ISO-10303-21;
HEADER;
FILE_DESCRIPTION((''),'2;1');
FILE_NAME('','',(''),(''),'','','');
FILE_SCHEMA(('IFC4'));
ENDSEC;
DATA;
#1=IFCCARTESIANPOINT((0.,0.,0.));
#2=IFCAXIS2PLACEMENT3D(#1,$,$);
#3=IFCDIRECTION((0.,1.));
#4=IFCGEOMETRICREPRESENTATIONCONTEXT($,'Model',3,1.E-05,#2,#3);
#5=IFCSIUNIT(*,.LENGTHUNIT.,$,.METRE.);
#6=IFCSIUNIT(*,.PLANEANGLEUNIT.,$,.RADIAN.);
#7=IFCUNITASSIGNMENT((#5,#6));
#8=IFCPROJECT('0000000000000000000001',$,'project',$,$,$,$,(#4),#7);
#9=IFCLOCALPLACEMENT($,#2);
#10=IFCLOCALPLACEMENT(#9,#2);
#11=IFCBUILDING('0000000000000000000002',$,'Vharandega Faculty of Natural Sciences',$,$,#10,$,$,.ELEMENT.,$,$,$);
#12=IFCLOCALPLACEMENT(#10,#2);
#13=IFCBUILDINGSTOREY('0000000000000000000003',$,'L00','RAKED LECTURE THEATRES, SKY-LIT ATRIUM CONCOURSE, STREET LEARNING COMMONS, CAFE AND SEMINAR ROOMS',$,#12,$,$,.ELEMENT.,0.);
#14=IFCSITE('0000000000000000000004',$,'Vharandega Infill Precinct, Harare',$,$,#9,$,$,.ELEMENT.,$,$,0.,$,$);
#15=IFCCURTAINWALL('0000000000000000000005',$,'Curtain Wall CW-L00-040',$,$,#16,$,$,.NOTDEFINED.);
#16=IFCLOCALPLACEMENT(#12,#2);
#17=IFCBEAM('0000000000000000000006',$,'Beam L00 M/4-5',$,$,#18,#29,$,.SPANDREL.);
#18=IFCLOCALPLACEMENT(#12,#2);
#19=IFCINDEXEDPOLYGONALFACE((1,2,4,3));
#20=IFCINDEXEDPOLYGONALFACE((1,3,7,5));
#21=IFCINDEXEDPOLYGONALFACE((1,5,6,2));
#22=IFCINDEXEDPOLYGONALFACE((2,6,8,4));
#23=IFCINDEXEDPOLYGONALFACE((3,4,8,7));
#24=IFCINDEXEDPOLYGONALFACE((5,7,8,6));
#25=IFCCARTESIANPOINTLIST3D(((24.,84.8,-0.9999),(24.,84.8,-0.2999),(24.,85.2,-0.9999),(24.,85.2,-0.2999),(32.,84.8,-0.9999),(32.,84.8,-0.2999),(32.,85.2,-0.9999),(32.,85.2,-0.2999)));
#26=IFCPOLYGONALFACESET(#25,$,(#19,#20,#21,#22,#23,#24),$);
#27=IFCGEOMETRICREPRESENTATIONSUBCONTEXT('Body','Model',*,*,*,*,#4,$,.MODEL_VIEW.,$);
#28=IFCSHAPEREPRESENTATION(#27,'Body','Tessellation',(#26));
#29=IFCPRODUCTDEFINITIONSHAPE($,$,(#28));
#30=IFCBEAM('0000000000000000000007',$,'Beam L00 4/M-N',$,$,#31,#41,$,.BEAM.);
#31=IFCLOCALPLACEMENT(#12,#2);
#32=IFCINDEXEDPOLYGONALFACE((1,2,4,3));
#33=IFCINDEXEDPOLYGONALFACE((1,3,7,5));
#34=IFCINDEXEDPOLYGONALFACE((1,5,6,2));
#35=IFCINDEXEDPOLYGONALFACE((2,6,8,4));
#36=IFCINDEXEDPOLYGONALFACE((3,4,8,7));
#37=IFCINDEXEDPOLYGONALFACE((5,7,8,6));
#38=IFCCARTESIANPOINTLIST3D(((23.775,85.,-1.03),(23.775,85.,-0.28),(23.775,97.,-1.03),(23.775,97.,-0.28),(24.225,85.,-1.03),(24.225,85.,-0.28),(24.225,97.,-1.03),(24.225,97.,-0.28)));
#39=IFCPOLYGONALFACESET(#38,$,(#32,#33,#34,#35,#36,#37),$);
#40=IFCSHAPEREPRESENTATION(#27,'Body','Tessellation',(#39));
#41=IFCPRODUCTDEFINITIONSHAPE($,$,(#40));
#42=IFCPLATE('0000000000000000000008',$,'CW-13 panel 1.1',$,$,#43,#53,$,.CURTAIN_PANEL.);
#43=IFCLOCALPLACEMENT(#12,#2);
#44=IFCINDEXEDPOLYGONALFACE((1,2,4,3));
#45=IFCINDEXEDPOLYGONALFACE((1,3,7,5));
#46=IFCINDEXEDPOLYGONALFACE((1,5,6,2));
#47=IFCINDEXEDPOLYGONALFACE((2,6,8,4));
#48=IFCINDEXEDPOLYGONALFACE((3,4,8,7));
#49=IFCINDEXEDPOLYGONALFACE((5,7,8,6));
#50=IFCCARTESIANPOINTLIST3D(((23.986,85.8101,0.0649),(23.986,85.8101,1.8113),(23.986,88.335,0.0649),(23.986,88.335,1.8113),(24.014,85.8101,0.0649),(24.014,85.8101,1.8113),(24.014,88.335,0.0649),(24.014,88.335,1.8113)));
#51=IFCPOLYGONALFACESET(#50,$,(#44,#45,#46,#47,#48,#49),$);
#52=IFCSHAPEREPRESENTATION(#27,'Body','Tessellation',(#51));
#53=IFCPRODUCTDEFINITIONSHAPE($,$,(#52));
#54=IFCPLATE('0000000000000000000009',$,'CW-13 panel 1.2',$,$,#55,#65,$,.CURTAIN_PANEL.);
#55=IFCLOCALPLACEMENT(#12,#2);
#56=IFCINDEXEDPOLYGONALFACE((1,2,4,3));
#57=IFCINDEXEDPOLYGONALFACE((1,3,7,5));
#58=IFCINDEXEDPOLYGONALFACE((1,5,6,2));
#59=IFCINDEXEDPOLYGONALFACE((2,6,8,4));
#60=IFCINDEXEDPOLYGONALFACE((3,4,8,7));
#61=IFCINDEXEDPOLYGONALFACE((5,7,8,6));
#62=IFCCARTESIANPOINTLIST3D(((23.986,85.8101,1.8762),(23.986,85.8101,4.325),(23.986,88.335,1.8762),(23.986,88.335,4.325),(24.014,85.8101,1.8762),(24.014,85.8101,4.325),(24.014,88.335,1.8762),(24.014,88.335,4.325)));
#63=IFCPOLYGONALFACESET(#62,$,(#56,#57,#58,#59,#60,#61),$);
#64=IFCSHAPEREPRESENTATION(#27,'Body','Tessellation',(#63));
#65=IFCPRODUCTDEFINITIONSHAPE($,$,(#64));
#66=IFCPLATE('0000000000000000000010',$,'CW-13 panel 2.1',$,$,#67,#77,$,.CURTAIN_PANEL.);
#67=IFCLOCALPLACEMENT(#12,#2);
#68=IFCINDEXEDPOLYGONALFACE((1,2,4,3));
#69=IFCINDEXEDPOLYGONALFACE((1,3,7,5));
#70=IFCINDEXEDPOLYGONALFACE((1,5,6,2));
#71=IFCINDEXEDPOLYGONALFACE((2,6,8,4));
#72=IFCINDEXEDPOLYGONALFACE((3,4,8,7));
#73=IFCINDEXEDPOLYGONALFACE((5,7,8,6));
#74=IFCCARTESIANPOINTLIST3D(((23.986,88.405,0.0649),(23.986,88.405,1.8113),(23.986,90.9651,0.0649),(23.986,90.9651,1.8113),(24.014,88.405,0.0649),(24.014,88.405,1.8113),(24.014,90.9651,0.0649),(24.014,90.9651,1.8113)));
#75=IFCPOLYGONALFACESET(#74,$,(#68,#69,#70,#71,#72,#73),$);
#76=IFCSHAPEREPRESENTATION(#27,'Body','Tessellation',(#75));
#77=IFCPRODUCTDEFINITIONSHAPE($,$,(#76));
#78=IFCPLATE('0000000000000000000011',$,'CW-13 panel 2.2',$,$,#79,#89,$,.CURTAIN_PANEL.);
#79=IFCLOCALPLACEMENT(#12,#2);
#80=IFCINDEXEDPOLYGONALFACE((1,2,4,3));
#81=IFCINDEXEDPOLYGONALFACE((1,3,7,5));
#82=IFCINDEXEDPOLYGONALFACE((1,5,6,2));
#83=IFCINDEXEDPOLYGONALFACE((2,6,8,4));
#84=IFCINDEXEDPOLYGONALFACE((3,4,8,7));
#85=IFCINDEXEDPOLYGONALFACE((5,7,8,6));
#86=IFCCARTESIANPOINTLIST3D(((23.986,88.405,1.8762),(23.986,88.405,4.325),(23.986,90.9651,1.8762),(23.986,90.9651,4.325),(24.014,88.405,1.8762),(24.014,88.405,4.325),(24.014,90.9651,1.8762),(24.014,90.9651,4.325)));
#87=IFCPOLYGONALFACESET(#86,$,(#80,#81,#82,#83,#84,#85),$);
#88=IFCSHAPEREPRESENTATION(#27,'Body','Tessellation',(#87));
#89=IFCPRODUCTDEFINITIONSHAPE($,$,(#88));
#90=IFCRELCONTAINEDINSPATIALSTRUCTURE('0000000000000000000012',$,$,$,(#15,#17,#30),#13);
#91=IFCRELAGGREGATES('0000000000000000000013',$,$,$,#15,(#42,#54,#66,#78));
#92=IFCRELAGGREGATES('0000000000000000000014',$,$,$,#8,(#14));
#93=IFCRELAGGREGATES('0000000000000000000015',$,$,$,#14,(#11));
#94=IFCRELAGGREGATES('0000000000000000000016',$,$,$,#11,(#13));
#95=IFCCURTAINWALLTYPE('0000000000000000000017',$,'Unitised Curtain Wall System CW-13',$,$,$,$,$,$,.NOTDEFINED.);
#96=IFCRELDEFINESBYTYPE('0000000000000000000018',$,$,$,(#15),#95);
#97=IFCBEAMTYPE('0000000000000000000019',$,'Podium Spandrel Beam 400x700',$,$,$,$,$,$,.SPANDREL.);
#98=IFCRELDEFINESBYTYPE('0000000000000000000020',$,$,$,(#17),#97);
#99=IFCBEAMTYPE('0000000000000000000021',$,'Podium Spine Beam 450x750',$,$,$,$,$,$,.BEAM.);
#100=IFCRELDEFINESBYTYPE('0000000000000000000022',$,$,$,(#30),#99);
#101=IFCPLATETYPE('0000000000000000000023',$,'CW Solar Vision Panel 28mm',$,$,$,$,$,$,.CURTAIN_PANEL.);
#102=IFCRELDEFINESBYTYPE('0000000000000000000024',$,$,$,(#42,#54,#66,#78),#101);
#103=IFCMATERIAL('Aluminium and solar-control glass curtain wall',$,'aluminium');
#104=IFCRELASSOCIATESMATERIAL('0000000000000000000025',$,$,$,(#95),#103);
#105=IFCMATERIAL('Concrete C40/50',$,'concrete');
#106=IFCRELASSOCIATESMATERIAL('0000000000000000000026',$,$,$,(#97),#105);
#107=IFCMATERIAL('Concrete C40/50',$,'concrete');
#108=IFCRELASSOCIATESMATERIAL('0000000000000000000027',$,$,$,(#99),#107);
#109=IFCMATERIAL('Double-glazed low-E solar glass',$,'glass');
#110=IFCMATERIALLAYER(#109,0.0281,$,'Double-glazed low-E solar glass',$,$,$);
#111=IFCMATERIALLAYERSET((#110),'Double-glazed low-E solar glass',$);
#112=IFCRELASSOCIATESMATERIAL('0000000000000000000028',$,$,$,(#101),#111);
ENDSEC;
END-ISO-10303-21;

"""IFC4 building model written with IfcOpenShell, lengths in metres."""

from ifc_helpers import new_model, si_unit, direction, frame, origin, origin_2d, place, context, subcontext, project, spatial, rectangle, extrude, material, layer, layer_set, material_profile, profile_set, type_object, element, aggregate, save


model = new_model("IFC4")

# Units and contexts
model_context = context("Model", 3, precision=1e-05, world=origin(), true_north=direction((0.0, 1.0)))
body_context = subcontext(model_context, "Body", "Model", "MODEL_VIEW")
ifc_project = project(units=[si_unit("LENGTHUNIT", "METRE"), si_unit("PLANEANGLEUNIT", "RADIAN")], contexts=[model_context])

# Site, building, storey
site_placement = place(None, origin())
site = spatial("IfcSite", under=ifc_project, at=site_placement, Name="Vharandega Infill Precinct, Harare", CompositionType="ELEMENT", RefElevation=0.0)
building_placement = place(site_placement, origin())
building = spatial("IfcBuilding", under=site, at=building_placement, Name="Vharandega Faculty of Natural Sciences", CompositionType="ELEMENT")
storey_placement = place(building_placement, origin())
storey = spatial("IfcBuildingStorey", under=building, at=storey_placement, Name="L00", Description="RAKED LECTURE THEATRES, SKY-LIT ATRIUM CONCOURSE, STREET LEARNING COMMONS, CAFE AND SEMINAR ROOMS", CompositionType="ELEMENT", Elevation=0.0)

# Curtain wall
ifc_material_1 = material(Name="Aluminium and solar-control glass curtain wall", Category="aluminium")
curtain_wall_type = type_object("IfcCurtainWallType", Name="Unitised Curtain Wall System CW-13", PredefinedType="NOTDEFINED", material=ifc_material_1)
curtain_wall_placement = place(storey_placement, origin())
curtain_wall = element("IfcCurtainWall", 1, at=curtain_wall_placement, inside=storey, type_object=curtain_wall_type, Name="Curtain Wall CW-L00-040", PredefinedType="NOTDEFINED")

# Beams
ifc_material_2 = material(Name="Concrete C40/50", Category="concrete")
ifc_material_profile_1 = material_profile(ifc_material_2, rectangle(XDim=0.3999, YDim=0.7, at=origin_2d()), Name="RC 400x700")
ifc_profile_set_1 = profile_set([ifc_material_profile_1], Name="Concrete C40/50")
beam_type_1 = type_object("IfcBeamType", Name="Podium Spandrel Beam 400x700", PredefinedType="SPANDREL", material=ifc_profile_set_1)
beam_1_placement = place(storey_placement, frame((24.0, 85.0, -0.6499), z_axis=(1.0, 0.0, 0.0), x_axis=(0.0, 1.0, 0.0)))
element("IfcBeam", 2, at=beam_1_placement, inside=storey, type_object=beam_type_1, Name="Beam L00 M/4-5", PredefinedType="SPANDREL", context=body_context, shape_type="SweptSolid", body=[
    extrude(rectangle(XDim=0.3999, YDim=0.7, at=origin_2d()), origin(), (0.0, 0.0, 1.0), 8.0),
])
ifc_material_3 = material(Name="Concrete C40/50", Category="concrete")
ifc_material_profile_2 = material_profile(ifc_material_3, rectangle(XDim=0.45, YDim=0.75, at=origin_2d()), Name="RC 450x750")
ifc_profile_set_2 = profile_set([ifc_material_profile_2], Name="Concrete C40/50")
beam_type_2 = type_object("IfcBeamType", Name="Podium Spine Beam 450x750", PredefinedType="BEAM", material=ifc_profile_set_2)
beam_2_placement = place(storey_placement, frame((24.0, 85.0, -0.655), z_axis=(0.0, 1.0, 0.0), x_axis=(-1.0, 0.0, 0.0)))
element("IfcBeam", 3, at=beam_2_placement, inside=storey, type_object=beam_type_2, Name="Beam L00 4/M-N", PredefinedType="BEAM", context=body_context, shape_type="SweptSolid", body=[
    extrude(rectangle(XDim=0.45, YDim=0.75, at=origin_2d()), origin(), (0.0, 0.0, 1.0), 12.0),
])

# Plates
ifc_material_4 = material(Name="Double-glazed low-E solar glass", Category="glass")
ifc_layer = layer(ifc_material_4, 0.0281, Name="Double-glazed low-E solar glass")
ifc_layer_set = layer_set([ifc_layer], Name="Double-glazed low-E solar glass")
plate_type = type_object("IfcPlateType", Name="CW Solar Vision Panel 28mm", PredefinedType="CURTAIN_PANEL", material=ifc_layer_set)
plate_1_placement = place(storey_placement, frame((24.0, 87.0725, 0.0649), z_axis=(0.0, 0.0, 1.0), x_axis=(0.0, 1.0, 0.0)))
plate_1 = element("IfcPlate", 4, at=plate_1_placement, type_object=plate_type, Name="CW-13 panel 1.1", PredefinedType="CURTAIN_PANEL", context=body_context, shape_type="SweptSolid", body=[
    extrude(rectangle(XDim=2.5249, YDim=0.0281, at=origin_2d()), origin(), (0.0, 0.0, 1.0), 1.7463),
])
plate_2_placement = place(storey_placement, frame((24.0, 87.0725, 1.8762), z_axis=(0.0, 0.0, 1.0), x_axis=(0.0, 1.0, 0.0)))
plate_2 = element("IfcPlate", 5, at=plate_2_placement, type_object=plate_type, Name="CW-13 panel 1.2", PredefinedType="CURTAIN_PANEL", context=body_context, shape_type="SweptSolid", body=[
    extrude(rectangle(XDim=2.5249, YDim=0.0281, at=origin_2d()), origin(), (0.0, 0.0, 1.0), 2.4487),
])
plate_3_placement = place(storey_placement, frame((24.0, 89.6851, 0.0649), z_axis=(0.0, 0.0, 1.0), x_axis=(0.0, 1.0, 0.0)))
plate_3 = element("IfcPlate", 6, at=plate_3_placement, type_object=plate_type, Name="CW-13 panel 2.1", PredefinedType="CURTAIN_PANEL", context=body_context, shape_type="SweptSolid", body=[
    extrude(rectangle(XDim=2.5601, YDim=0.0281, at=origin_2d()), origin(), (0.0, 0.0, 1.0), 1.7463),
])
plate_4_placement = place(storey_placement, frame((24.0, 89.6851, 1.8762), z_axis=(0.0, 0.0, 1.0), x_axis=(0.0, 1.0, 0.0)))
plate_4 = element("IfcPlate", 7, at=plate_4_placement, type_object=plate_type, Name="CW-13 panel 2.2", PredefinedType="CURTAIN_PANEL", context=body_context, shape_type="SweptSolid", body=[
    extrude(rectangle(XDim=2.5601, YDim=0.0281, at=origin_2d()), origin(), (0.0, 0.0, 1.0), 2.4487),
])
aggregate(curtain_wall, [plate_1, plate_2, plate_3, plate_4])

save(model, "model.ifc")
